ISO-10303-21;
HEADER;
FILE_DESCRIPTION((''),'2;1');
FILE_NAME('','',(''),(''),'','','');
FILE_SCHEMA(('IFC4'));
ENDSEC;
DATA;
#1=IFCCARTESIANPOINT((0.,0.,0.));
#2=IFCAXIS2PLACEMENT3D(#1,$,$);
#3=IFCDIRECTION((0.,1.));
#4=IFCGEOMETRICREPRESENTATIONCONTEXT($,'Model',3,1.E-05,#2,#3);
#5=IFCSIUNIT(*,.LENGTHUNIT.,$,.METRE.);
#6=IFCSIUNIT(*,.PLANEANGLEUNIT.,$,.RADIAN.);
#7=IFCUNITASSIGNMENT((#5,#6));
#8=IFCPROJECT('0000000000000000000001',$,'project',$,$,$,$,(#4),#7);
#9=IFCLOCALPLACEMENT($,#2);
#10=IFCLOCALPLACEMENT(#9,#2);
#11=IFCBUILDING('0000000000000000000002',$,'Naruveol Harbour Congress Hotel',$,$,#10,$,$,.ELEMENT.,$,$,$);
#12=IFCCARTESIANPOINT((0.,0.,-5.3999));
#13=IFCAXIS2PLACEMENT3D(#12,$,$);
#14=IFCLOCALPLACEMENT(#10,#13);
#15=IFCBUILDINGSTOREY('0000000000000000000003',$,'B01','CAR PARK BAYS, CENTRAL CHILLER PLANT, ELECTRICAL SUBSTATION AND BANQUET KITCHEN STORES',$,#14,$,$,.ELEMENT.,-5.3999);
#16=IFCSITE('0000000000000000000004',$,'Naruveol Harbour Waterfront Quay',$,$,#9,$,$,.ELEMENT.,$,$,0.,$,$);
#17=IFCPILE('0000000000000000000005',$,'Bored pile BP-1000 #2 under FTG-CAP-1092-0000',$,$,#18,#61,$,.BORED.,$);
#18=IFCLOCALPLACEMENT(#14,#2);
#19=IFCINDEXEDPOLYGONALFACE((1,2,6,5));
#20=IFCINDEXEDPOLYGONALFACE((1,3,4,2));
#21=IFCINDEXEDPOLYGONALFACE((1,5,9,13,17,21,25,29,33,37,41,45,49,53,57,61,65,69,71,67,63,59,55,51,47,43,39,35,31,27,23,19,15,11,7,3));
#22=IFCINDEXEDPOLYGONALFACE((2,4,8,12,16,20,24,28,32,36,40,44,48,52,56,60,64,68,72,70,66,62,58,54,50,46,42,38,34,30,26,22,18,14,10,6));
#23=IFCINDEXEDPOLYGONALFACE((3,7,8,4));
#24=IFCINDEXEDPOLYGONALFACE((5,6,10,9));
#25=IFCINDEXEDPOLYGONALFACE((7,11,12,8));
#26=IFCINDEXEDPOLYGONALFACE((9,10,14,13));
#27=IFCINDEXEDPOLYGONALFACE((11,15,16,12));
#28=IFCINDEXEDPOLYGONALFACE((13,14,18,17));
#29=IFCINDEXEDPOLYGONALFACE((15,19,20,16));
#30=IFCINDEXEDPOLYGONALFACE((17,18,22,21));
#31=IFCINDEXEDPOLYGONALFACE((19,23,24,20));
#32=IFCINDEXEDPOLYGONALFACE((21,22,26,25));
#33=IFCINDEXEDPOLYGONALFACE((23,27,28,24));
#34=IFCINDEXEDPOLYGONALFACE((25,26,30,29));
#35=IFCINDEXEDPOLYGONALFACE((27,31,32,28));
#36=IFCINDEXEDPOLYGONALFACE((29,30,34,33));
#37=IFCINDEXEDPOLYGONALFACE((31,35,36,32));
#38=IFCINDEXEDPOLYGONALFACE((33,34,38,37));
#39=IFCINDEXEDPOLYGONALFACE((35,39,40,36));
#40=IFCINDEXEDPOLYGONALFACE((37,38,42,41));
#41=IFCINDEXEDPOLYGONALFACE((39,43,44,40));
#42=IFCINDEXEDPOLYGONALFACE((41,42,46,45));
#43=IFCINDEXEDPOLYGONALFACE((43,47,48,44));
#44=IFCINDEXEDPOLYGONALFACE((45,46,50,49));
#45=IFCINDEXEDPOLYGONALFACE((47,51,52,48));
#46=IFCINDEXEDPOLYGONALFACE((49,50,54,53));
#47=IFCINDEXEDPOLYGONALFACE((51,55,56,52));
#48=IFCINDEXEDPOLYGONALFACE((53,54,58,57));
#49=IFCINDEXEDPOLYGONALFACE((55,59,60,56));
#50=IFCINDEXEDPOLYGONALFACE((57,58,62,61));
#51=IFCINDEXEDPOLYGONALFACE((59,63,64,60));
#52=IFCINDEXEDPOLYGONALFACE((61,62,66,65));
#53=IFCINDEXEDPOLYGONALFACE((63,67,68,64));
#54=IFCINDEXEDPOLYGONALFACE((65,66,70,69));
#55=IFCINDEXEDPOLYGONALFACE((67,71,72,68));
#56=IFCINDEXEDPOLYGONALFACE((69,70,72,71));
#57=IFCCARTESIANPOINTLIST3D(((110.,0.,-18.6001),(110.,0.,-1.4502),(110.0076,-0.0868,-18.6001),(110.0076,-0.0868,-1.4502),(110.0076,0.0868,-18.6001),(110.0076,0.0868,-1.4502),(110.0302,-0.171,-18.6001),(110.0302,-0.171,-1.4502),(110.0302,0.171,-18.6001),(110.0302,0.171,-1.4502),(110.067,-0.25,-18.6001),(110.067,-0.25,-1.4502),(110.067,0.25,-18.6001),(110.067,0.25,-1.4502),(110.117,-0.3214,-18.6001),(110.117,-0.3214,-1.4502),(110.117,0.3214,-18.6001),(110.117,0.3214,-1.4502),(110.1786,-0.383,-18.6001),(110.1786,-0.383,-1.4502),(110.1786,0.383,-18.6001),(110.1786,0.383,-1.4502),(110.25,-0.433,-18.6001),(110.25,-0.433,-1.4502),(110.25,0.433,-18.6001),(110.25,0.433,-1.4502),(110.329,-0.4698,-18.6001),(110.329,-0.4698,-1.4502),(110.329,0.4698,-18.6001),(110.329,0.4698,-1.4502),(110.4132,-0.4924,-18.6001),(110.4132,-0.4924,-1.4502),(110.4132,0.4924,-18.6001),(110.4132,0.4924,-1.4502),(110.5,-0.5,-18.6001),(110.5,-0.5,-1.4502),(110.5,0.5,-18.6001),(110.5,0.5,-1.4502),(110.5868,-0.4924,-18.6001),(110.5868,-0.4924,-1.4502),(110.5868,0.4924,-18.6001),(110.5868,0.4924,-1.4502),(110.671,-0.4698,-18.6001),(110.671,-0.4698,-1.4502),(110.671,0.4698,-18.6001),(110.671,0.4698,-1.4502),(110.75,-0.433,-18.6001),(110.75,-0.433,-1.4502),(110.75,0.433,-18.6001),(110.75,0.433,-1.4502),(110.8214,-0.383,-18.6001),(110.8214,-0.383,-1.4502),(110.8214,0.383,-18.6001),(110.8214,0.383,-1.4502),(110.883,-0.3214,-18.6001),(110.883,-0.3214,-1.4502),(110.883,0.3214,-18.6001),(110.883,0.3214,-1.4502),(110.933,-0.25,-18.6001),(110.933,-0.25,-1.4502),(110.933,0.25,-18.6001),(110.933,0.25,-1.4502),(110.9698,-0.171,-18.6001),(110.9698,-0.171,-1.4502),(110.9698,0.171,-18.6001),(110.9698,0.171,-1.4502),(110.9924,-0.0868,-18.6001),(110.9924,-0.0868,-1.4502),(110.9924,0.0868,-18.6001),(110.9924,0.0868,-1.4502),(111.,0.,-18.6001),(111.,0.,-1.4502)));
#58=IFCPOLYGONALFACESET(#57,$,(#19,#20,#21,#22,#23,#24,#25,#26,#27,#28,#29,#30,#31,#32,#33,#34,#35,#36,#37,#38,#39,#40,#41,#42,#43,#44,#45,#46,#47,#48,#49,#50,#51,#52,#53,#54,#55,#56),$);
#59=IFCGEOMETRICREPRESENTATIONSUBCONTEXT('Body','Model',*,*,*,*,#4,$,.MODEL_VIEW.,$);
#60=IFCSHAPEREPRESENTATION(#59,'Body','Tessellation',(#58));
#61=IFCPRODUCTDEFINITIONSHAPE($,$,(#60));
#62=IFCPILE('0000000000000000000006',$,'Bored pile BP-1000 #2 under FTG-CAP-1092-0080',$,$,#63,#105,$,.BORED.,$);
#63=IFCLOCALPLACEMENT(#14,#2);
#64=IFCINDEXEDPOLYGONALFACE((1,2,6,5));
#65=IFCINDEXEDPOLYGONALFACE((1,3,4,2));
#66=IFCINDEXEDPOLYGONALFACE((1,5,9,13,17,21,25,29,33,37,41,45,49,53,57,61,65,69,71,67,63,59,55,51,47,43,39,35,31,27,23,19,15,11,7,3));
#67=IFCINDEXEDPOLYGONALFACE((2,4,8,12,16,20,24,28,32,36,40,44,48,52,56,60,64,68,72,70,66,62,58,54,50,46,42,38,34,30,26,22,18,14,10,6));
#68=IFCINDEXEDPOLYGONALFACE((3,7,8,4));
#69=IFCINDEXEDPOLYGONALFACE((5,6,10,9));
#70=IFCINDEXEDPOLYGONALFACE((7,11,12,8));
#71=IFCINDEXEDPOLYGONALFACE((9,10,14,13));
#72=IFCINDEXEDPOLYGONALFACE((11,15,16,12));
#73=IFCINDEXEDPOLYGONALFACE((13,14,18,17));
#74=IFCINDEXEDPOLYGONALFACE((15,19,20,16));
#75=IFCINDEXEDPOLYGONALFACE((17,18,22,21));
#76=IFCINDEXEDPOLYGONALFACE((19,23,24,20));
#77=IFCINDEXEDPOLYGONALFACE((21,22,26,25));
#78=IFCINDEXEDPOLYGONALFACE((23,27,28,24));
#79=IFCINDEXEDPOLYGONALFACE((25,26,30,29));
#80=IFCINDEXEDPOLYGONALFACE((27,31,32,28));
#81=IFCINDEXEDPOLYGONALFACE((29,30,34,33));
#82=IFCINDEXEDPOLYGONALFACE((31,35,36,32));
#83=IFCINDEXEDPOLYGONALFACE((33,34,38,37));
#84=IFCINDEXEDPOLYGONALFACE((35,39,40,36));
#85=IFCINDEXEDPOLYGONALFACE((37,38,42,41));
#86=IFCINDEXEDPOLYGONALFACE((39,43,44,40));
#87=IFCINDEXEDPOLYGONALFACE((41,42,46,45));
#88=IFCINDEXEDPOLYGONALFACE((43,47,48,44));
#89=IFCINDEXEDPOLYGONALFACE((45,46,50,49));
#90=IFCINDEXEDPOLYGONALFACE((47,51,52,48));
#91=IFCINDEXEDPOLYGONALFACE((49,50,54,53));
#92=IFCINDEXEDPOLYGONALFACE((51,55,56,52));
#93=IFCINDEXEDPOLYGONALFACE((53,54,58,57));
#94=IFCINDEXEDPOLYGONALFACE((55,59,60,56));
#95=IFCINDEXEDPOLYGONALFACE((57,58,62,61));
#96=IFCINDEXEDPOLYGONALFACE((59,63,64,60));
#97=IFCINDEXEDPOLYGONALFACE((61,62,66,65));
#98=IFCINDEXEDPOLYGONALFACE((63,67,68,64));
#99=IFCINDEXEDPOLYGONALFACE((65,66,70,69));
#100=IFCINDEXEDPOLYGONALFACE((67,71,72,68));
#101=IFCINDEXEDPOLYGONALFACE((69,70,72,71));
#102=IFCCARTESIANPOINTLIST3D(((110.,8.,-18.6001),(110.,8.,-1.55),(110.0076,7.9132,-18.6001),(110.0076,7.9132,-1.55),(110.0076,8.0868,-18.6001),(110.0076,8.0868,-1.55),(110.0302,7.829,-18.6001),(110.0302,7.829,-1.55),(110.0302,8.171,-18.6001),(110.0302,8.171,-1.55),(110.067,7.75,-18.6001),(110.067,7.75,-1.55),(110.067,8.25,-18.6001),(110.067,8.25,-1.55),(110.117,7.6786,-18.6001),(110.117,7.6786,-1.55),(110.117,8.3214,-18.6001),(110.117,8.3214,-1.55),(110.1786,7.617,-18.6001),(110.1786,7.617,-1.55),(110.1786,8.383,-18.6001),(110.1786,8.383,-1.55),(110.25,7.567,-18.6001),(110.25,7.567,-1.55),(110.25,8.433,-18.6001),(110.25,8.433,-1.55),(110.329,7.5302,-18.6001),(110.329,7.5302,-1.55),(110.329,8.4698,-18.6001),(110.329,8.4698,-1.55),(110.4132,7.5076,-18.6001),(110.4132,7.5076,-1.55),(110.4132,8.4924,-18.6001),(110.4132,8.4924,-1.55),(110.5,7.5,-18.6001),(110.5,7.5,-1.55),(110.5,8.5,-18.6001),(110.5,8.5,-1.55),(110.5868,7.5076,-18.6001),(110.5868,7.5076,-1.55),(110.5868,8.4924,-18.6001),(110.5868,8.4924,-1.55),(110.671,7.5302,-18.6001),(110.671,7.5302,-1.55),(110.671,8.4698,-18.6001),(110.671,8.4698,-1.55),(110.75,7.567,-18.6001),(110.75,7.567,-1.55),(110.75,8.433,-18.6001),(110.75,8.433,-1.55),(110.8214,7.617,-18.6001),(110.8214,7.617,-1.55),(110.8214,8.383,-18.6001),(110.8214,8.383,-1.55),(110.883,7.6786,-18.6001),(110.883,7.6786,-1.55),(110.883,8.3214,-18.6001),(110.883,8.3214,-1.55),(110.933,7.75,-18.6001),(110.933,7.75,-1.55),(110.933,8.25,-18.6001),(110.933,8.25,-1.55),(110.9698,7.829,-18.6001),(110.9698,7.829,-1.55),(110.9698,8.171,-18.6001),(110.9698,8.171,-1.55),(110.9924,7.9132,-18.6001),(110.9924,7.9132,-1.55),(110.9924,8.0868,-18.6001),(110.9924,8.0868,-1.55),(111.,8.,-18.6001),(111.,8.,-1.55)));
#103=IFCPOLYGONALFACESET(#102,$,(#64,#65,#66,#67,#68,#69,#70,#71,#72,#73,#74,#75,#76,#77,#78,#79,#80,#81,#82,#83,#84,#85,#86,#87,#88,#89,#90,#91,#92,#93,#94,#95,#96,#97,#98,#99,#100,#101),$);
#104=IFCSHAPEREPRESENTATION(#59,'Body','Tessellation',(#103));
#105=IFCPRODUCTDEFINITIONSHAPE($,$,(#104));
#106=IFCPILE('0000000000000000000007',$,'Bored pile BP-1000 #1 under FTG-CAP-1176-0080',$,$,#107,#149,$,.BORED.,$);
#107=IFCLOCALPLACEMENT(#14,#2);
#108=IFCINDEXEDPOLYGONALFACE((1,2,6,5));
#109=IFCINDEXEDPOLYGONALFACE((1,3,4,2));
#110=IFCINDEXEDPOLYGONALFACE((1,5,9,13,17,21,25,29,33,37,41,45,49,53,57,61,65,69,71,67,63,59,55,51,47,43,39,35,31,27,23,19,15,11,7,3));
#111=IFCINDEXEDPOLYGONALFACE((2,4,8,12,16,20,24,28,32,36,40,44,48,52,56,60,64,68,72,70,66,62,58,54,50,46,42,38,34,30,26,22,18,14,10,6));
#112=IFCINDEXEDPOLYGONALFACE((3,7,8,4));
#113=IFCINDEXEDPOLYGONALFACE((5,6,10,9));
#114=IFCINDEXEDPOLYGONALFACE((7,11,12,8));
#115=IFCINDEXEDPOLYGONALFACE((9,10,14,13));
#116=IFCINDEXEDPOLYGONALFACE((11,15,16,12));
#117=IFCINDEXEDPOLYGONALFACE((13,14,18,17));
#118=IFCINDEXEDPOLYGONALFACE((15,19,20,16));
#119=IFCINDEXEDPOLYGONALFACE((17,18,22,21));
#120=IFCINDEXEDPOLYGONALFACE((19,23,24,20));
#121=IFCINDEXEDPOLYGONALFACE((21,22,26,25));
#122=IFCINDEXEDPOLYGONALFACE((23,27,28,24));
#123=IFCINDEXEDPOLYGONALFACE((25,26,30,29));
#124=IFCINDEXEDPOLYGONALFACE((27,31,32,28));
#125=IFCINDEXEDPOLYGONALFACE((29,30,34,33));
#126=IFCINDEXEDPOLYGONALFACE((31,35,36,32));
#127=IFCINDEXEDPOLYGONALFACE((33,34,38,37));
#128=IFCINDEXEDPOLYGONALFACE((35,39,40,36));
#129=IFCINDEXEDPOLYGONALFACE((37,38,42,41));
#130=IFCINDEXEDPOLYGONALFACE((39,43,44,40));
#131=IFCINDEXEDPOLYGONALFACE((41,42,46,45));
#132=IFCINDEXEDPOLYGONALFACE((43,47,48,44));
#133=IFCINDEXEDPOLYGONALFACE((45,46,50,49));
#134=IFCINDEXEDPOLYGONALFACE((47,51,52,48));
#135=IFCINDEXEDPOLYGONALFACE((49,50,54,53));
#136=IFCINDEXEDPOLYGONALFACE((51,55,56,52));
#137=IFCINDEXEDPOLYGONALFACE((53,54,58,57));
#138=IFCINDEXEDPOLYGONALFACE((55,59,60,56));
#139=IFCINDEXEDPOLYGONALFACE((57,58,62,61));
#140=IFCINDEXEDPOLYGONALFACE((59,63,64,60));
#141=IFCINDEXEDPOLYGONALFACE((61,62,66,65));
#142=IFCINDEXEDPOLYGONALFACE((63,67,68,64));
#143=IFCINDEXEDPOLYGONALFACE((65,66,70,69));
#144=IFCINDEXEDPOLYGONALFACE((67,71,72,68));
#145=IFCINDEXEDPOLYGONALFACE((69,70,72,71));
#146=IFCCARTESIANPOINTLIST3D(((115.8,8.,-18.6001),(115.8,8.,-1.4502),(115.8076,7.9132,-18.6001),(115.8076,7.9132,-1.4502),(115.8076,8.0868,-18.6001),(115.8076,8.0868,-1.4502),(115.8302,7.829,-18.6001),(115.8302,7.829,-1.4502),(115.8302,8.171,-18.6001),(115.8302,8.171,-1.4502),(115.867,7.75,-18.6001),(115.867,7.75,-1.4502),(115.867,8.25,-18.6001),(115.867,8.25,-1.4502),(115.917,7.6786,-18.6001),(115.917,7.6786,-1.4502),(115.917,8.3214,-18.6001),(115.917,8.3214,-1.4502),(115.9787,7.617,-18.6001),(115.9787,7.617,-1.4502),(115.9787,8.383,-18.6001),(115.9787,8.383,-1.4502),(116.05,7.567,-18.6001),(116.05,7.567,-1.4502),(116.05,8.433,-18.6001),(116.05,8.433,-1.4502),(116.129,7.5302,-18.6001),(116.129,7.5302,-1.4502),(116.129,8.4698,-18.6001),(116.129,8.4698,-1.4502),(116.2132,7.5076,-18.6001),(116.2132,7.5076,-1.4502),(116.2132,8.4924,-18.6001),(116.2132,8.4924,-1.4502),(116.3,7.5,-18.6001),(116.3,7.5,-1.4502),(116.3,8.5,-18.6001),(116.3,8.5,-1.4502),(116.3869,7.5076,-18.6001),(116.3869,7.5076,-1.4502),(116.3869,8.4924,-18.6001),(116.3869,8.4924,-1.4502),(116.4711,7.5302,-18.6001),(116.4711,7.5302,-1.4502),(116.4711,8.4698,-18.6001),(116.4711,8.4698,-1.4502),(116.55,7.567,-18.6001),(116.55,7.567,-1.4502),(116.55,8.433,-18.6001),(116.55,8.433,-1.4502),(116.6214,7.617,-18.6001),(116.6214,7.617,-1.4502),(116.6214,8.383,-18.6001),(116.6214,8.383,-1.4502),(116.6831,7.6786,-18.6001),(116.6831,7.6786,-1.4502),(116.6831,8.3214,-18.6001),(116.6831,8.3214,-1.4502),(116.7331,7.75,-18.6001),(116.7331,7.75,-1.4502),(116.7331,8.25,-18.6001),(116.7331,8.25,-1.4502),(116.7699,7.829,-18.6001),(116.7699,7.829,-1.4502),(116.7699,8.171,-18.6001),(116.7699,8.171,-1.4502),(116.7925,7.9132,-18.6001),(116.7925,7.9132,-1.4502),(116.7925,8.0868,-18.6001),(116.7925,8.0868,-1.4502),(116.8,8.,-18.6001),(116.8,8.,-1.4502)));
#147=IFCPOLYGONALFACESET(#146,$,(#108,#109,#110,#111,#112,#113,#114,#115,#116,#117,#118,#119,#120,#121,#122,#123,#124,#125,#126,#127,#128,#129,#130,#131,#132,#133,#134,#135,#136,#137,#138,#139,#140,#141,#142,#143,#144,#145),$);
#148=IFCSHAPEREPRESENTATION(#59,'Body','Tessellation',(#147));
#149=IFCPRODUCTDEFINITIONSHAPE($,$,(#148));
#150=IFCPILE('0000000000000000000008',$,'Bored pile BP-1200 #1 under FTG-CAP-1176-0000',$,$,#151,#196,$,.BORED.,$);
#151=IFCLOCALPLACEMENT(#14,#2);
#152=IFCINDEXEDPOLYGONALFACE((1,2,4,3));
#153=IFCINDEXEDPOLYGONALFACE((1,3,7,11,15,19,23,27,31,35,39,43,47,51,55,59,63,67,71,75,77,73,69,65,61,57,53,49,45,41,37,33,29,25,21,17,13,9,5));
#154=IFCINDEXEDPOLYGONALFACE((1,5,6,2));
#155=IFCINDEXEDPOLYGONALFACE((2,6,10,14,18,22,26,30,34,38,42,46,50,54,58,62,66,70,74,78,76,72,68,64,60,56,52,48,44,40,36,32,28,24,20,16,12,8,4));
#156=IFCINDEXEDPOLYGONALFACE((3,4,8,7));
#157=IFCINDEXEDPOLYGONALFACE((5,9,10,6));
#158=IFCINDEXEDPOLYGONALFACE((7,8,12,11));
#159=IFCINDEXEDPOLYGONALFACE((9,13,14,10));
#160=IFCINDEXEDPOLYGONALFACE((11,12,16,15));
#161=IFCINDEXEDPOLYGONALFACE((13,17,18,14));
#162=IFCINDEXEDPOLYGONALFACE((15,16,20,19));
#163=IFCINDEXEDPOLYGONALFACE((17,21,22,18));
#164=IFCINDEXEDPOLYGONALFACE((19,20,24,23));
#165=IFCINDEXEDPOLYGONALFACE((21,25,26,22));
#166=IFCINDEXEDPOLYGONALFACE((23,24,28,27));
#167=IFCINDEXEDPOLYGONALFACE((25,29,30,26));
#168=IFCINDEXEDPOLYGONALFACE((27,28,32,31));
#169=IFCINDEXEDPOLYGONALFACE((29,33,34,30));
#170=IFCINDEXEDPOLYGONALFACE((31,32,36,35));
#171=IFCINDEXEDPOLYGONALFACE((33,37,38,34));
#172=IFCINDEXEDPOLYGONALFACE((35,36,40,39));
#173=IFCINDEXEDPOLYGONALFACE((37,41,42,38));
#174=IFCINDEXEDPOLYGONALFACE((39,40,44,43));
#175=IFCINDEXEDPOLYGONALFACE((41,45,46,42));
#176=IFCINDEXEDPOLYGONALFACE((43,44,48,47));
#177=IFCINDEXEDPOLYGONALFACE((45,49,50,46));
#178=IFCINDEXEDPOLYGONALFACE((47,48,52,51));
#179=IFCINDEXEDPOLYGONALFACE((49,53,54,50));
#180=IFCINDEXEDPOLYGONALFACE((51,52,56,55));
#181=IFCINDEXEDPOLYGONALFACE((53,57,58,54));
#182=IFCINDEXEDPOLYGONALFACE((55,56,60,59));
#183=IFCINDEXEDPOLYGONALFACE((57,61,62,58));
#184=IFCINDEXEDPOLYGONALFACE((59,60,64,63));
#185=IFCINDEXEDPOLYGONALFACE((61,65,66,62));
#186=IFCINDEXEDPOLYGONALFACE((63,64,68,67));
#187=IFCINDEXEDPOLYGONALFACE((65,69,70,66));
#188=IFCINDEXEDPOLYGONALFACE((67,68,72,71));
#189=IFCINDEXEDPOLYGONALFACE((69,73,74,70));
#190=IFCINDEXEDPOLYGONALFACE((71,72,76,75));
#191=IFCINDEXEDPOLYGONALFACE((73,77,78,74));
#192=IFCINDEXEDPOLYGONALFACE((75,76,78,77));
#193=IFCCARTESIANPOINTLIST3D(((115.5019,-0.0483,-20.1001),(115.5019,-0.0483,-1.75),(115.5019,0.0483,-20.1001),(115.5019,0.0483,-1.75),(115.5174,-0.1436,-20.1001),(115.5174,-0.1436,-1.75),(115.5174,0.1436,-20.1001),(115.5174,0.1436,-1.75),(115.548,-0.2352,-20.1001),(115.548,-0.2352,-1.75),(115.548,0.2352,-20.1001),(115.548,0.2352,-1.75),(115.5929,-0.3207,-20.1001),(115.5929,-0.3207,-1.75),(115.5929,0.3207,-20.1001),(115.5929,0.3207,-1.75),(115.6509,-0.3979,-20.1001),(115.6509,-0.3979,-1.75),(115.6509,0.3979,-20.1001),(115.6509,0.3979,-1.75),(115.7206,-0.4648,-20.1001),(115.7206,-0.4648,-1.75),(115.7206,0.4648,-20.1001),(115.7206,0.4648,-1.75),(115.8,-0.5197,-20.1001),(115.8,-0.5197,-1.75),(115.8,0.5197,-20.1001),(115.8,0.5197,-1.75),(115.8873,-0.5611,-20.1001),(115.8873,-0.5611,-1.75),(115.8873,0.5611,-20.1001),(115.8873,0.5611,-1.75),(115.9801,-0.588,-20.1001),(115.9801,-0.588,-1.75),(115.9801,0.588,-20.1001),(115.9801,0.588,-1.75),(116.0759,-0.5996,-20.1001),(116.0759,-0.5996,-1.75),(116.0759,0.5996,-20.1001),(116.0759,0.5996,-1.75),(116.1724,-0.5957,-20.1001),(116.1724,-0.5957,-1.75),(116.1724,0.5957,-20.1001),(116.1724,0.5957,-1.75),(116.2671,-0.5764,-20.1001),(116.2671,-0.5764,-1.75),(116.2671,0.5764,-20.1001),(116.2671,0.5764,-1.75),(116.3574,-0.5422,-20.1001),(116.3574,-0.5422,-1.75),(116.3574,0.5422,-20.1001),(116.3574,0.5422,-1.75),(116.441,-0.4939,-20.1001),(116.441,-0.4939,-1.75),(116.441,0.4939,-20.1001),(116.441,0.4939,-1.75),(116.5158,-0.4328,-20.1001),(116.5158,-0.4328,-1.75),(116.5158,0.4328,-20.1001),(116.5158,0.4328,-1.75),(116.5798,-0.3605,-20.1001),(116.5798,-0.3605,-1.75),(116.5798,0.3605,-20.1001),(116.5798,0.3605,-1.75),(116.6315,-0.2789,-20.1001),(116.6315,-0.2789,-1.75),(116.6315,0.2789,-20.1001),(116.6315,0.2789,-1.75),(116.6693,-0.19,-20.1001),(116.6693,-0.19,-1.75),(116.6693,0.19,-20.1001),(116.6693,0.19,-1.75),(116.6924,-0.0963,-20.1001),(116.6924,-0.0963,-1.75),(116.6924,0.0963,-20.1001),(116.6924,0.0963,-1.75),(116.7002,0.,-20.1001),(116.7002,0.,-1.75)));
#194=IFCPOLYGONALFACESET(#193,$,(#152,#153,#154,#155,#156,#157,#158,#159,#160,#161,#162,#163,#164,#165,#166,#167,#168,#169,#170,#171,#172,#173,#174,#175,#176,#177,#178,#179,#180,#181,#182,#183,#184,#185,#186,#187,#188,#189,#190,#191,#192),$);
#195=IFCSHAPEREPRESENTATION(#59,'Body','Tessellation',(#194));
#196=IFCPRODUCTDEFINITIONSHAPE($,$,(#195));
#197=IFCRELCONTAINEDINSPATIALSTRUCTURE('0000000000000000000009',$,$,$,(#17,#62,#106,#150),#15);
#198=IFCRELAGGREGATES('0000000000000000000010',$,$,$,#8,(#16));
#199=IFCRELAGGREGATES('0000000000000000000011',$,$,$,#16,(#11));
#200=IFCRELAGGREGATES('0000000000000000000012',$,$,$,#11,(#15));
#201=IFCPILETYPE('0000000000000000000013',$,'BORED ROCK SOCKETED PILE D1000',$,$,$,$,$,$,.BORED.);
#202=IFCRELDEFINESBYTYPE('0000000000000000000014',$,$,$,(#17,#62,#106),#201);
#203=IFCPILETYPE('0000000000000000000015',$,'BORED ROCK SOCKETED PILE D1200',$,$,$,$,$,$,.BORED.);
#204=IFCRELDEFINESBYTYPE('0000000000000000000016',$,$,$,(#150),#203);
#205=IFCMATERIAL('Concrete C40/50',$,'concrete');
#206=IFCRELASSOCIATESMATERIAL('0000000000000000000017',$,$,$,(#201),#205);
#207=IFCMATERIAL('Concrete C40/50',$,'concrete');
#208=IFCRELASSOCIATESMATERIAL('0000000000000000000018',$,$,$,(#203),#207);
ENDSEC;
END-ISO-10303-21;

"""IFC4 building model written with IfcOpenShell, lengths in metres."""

from ifc_helpers import new_model, si_unit, direction, frame, origin, origin_2d, place, context, subcontext, project, spatial, circle, extrude, material, material_profile, profile_set, type_object, element, save


model = new_model("IFC4")

# Units and contexts
model_context = context("Model", 3, precision=1e-05, world=origin(), true_north=direction((0.0, 1.0)))
body_context = subcontext(model_context, "Body", "Model", "MODEL_VIEW")
ifc_project = project(units=[si_unit("LENGTHUNIT", "METRE"), si_unit("PLANEANGLEUNIT", "RADIAN")], contexts=[model_context])

# Site, building, storey
site_placement = place(None, origin())
site = spatial("IfcSite", under=ifc_project, at=site_placement, Name="Naruveol Harbour Waterfront Quay", CompositionType="ELEMENT", RefElevation=0.0)
building_placement = place(site_placement, origin())
building = spatial("IfcBuilding", under=site, at=building_placement, Name="Naruveol Harbour Congress Hotel", CompositionType="ELEMENT")
storey_placement = place(building_placement, frame((0.0, 0.0, -5.3999)))
storey = spatial("IfcBuildingStorey", under=building, at=storey_placement, Name="B01", Description="CAR PARK BAYS, CENTRAL CHILLER PLANT, ELECTRICAL SUBSTATION AND BANQUET KITCHEN STORES", CompositionType="ELEMENT", Elevation=-5.3999)

# Piles
ifc_material_1 = material(Name="Concrete C40/50", Category="concrete")
ifc_material_profile_1 = material_profile(ifc_material_1, circle(Radius=0.5, at=origin_2d()), Name="BP-1000")
ifc_profile_set_1 = profile_set([ifc_material_profile_1], Name="Concrete C40/50")
pile_type_1 = type_object("IfcPileType", Name="BORED ROCK SOCKETED PILE D1000", PredefinedType="BORED", material=ifc_profile_set_1)
pile_1_placement = place(storey_placement, frame((110.5, 0.0, -1.4502), z_axis=(0.0, 0.0, -1.0), x_axis=(1.0, 0.0, 0.0)))
element("IfcPile", 1, at=pile_1_placement, inside=storey, type_object=pile_type_1, Name="Bored pile BP-1000 #2 under FTG-CAP-1092-0000", PredefinedType="BORED", context=body_context, shape_type="SweptSolid", body=[
    extrude(circle(Radius=0.5, at=origin_2d()), origin(), (0.0, 0.0, 1.0), 17.1499),
])
pile_2_placement = place(storey_placement, frame((110.5, 8.0, -1.55), z_axis=(0.0, 0.0, -1.0), x_axis=(1.0, 0.0, 0.0)))
element("IfcPile", 2, at=pile_2_placement, inside=storey, type_object=pile_type_1, Name="Bored pile BP-1000 #2 under FTG-CAP-1092-0080", PredefinedType="BORED", context=body_context, shape_type="SweptSolid", body=[
    extrude(circle(Radius=0.5, at=origin_2d()), origin(), (0.0, 0.0, 1.0), 17.05),
])
pile_3_placement = place(storey_placement, frame((116.3, 8.0, -1.4502), z_axis=(0.0, 0.0, -1.0), x_axis=(1.0, 0.0, 0.0)))
element("IfcPile", 3, at=pile_3_placement, inside=storey, type_object=pile_type_1, Name="Bored pile BP-1000 #1 under FTG-CAP-1176-0080", PredefinedType="BORED", context=body_context, shape_type="SweptSolid", body=[
    extrude(circle(Radius=0.5, at=origin_2d()), origin(), (0.0, 0.0, 1.0), 17.1499),
])
ifc_material_2 = material(Name="Concrete C40/50", Category="concrete")
ifc_material_profile_2 = material_profile(ifc_material_2, circle(Radius=0.6001, at=origin_2d()), Name="BP-1200")
ifc_profile_set_2 = profile_set([ifc_material_profile_2], Name="Concrete C40/50")
pile_type_2 = type_object("IfcPileType", Name="BORED ROCK SOCKETED PILE D1200", PredefinedType="BORED", material=ifc_profile_set_2)
pile_4_placement = place(storey_placement, frame((116.1001, 0.0, -1.75), z_axis=(0.0, 0.0, -1.0), x_axis=(1.0, 0.0, 0.0)))
element("IfcPile", 4, at=pile_4_placement, inside=storey, type_object=pile_type_2, Name="Bored pile BP-1200 #1 under FTG-CAP-1176-0000", PredefinedType="BORED", context=body_context, shape_type="SweptSolid", body=[
    extrude(circle(Radius=0.6001, at=origin_2d()), origin(), (0.0, 0.0, 1.0), 18.3501),
])

save(model, "model.ifc")
